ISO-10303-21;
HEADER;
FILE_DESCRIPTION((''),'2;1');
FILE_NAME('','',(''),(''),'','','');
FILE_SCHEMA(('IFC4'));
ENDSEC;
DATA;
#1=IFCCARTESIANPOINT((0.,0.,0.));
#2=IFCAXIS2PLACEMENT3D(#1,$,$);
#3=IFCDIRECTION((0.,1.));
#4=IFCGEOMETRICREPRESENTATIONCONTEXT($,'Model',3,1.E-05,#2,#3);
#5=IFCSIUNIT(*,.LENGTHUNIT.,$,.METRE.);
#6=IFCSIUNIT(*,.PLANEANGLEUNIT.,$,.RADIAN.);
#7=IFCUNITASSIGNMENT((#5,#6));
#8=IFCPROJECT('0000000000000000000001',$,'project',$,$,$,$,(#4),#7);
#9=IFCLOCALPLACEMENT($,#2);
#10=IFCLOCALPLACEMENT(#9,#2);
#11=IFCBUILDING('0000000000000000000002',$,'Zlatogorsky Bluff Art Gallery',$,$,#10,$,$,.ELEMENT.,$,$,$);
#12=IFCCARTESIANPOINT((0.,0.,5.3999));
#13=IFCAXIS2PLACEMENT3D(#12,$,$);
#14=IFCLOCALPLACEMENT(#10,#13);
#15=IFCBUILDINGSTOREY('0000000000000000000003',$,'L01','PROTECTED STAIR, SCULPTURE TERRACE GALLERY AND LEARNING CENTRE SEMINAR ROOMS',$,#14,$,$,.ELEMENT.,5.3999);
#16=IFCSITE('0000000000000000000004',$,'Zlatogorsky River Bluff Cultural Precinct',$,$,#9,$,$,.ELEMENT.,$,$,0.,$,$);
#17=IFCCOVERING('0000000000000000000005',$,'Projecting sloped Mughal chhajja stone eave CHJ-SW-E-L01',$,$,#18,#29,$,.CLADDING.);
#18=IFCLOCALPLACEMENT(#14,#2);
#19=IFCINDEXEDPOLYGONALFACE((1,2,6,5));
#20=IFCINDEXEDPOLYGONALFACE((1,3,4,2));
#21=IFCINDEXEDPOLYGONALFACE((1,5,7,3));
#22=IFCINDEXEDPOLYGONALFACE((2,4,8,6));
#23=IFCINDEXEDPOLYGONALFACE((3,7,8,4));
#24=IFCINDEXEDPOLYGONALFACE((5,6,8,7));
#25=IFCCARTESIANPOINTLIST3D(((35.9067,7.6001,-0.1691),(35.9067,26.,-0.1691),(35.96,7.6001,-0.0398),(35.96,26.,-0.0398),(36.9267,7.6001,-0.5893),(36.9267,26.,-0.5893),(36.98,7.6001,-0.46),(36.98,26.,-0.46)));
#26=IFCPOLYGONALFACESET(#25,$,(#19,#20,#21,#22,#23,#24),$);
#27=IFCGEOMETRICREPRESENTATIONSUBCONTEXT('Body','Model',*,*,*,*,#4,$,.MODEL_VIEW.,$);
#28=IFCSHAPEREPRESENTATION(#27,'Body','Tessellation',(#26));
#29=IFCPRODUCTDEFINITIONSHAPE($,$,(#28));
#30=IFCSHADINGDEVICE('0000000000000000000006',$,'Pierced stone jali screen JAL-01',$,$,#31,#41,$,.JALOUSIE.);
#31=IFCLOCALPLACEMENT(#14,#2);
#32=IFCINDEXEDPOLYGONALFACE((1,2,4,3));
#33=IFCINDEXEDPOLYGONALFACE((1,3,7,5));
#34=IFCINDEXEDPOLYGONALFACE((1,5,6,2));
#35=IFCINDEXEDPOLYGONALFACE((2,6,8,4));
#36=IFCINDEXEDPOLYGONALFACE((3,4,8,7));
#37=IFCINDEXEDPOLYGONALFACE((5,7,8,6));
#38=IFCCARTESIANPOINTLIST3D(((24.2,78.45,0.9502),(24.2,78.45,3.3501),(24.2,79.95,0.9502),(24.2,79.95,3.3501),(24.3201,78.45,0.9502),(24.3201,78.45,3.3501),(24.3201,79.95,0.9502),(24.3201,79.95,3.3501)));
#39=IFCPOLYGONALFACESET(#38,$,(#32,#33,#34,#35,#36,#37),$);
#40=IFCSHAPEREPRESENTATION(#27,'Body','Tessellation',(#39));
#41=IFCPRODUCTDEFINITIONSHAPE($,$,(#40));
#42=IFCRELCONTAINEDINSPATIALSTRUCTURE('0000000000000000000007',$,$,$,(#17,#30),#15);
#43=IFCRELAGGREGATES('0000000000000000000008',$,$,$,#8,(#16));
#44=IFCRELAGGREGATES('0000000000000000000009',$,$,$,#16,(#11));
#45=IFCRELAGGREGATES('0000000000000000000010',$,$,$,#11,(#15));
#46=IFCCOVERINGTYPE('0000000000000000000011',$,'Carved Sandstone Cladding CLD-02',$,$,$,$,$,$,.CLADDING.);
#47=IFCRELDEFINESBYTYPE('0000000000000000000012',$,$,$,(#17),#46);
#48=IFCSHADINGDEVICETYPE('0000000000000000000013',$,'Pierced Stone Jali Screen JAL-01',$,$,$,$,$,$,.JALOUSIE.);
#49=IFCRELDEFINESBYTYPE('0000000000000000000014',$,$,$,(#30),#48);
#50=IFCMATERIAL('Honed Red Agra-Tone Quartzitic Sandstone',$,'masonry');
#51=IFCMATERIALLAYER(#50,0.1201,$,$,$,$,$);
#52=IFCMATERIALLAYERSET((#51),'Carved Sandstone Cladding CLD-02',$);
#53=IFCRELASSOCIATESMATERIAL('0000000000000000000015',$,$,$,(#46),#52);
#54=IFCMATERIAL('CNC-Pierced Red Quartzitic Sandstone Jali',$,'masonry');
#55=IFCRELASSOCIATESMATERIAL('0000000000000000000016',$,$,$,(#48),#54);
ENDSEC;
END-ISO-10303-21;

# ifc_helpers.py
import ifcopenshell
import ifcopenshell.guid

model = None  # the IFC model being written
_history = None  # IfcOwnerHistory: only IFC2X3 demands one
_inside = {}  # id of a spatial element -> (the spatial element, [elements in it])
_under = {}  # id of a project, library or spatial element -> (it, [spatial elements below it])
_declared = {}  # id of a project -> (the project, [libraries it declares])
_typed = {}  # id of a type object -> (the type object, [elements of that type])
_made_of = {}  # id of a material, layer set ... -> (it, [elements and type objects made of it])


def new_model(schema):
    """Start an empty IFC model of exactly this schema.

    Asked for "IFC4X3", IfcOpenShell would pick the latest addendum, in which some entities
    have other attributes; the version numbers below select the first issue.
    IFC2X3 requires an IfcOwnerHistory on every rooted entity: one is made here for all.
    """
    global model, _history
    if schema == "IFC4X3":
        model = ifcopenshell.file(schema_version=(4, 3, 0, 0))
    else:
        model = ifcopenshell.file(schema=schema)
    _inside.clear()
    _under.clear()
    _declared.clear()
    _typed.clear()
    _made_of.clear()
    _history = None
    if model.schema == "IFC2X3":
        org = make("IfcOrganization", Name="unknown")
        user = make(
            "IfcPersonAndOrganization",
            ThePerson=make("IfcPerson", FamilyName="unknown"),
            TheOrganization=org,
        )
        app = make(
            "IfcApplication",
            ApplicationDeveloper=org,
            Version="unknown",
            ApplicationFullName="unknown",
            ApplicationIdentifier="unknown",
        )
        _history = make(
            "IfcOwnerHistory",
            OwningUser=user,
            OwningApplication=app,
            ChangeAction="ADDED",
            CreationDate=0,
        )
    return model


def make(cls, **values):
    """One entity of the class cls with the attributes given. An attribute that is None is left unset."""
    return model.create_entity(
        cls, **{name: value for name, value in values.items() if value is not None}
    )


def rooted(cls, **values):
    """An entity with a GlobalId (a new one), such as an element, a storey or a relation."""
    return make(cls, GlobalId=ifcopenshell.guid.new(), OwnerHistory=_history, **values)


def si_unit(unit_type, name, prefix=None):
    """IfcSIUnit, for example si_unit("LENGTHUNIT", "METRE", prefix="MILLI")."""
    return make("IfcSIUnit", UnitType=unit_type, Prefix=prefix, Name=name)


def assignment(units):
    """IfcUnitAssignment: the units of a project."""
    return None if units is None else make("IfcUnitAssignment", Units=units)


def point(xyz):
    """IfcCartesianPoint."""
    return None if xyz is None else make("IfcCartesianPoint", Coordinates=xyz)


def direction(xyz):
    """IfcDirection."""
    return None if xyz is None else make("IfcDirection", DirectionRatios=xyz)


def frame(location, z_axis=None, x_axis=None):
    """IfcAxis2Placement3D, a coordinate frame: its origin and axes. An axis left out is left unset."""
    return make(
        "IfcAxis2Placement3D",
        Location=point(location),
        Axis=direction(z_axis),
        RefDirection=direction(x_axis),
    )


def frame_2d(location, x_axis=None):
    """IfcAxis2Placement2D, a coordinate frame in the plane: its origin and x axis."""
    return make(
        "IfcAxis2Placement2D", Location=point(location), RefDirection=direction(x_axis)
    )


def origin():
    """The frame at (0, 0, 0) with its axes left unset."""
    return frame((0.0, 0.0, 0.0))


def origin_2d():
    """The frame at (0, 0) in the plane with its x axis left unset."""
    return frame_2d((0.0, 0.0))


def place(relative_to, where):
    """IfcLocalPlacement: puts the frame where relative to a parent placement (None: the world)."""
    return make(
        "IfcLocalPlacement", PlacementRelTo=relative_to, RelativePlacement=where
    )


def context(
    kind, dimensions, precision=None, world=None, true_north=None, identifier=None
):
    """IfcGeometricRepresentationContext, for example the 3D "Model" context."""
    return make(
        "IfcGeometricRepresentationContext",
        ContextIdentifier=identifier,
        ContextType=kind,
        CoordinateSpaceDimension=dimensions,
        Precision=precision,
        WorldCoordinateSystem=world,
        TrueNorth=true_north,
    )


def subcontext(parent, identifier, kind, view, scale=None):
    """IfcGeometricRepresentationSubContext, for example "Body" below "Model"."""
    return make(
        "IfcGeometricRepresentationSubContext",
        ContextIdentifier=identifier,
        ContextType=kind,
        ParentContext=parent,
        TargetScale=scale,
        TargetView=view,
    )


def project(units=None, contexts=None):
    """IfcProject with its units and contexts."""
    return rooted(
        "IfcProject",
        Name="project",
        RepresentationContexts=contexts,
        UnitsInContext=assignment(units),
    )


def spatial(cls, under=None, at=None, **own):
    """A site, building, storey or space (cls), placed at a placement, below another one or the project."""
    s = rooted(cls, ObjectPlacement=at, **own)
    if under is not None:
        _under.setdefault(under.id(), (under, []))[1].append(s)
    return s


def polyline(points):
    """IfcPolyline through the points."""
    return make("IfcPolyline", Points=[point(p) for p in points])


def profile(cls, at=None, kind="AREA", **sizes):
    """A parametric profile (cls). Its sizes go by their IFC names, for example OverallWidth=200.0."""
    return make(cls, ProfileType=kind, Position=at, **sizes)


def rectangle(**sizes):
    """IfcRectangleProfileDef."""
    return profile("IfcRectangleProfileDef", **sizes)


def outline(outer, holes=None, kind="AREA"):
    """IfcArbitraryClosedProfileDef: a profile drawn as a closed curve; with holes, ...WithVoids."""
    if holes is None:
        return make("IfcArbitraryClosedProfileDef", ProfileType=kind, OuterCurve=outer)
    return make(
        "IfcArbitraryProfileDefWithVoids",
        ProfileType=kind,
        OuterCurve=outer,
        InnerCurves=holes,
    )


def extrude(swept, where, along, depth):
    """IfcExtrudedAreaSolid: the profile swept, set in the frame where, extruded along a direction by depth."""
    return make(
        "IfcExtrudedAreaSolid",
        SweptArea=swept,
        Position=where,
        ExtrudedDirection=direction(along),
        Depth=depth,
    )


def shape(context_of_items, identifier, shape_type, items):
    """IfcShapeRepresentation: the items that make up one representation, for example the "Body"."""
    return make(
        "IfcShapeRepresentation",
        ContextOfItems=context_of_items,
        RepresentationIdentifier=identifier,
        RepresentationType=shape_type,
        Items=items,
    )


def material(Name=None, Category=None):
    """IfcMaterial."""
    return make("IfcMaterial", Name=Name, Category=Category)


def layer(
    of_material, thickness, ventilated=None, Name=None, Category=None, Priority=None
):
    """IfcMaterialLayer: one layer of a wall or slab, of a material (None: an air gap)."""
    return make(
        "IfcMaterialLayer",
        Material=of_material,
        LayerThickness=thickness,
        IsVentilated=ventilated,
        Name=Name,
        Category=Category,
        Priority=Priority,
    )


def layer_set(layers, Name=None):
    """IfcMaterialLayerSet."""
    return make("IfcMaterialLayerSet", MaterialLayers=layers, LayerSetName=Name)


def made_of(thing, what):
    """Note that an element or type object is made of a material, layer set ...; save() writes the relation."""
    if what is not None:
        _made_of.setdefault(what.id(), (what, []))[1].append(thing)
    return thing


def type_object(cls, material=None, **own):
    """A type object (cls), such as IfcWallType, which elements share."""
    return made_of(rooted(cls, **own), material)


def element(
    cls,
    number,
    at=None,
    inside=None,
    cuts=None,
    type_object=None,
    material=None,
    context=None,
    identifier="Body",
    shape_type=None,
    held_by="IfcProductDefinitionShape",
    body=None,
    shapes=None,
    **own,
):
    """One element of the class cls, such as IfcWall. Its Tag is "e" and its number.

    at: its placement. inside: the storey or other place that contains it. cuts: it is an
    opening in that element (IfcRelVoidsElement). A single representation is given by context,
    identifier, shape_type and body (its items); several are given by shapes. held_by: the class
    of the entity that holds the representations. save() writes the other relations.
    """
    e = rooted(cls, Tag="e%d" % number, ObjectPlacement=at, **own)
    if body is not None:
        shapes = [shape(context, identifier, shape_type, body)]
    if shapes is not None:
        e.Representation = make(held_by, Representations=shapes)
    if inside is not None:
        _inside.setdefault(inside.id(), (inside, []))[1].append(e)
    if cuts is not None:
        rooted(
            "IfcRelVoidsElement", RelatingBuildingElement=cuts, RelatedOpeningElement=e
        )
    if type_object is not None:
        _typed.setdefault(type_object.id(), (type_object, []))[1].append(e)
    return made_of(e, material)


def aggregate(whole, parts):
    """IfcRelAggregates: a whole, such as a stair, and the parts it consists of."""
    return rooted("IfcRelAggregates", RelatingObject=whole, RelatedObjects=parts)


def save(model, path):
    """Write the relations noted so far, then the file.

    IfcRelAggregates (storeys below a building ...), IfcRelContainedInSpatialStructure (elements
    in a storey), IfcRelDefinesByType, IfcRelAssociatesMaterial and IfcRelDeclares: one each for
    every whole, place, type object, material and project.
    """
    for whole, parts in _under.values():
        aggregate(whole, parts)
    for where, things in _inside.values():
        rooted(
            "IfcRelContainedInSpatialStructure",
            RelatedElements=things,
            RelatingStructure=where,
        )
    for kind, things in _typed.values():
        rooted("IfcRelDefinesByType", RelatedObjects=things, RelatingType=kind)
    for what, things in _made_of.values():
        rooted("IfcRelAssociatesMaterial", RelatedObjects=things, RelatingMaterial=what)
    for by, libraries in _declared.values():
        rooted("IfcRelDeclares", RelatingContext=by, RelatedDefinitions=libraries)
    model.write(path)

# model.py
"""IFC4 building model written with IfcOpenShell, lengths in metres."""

from ifc_helpers import new_model, si_unit, direction, frame, origin, origin_2d, place, context, subcontext, project, spatial, polyline, rectangle, outline, extrude, material, layer, layer_set, type_object, element, save


model = new_model("IFC4")

# Units and contexts
model_context = context("Model", 3, precision=1e-05, world=origin(), true_north=direction((0.0, 1.0)))
body_context = subcontext(model_context, "Body", "Model", "MODEL_VIEW")
ifc_project = project(units=[si_unit("LENGTHUNIT", "METRE"), si_unit("PLANEANGLEUNIT", "RADIAN")], contexts=[model_context])

# Site, building, storey
site_placement = place(None, origin())
site = spatial("IfcSite", under=ifc_project, at=site_placement, Name="Zlatogorsky River Bluff Cultural Precinct", CompositionType="ELEMENT", RefElevation=0.0)
building_placement = place(site_placement, origin())
building = spatial("IfcBuilding", under=site, at=building_placement, Name="Zlatogorsky Bluff Art Gallery", CompositionType="ELEMENT")
storey_placement = place(building_placement, frame((0.0, 0.0, 5.3999)))
storey = spatial("IfcBuildingStorey", under=building, at=storey_placement, Name="L01", Description="PROTECTED STAIR, SCULPTURE TERRACE GALLERY AND LEARNING CENTRE SEMINAR ROOMS", CompositionType="ELEMENT", Elevation=5.3999)

# Covering
ifc_material_1 = material(Name="Honed Red Agra-Tone Quartzitic Sandstone", Category="masonry")
ifc_layer_1 = layer(ifc_material_1, 0.1201)
ifc_layer_set_1 = layer_set([ifc_layer_1], Name="Carved Sandstone Cladding CLD-02")
covering_type = type_object("IfcCoveringType", Name="Carved Sandstone Cladding CLD-02", PredefinedType="CLADDING", material=ifc_layer_set_1)
covering_1_placement = place(storey_placement, frame((35.96, 26.0, -0.0398), z_axis=(0.380872, 0.0, 0.924628), x_axis=(0.0, -1.0, 0.0)))
element("IfcCovering", 1, at=covering_1_placement, inside=storey, type_object=covering_type, Name="Projecting sloped Mughal chhajja stone eave CHJ-SW-E-L01", PredefinedType="CLADDING", context=body_context, shape_type="SweptSolid", body=[
    extrude(outline(polyline([(0.0, 0.0), (18.3999, 0.0), (18.3999, 1.1032), (0.0, 1.1032), (0.0, 0.0)])), origin(), (0.0, 0.0, -1.0), 0.1399),
])

# Shading device
ifc_material_2 = material(Name="CNC-Pierced Red Quartzitic Sandstone Jali", Category="masonry")
shading_device_type = type_object("IfcShadingDeviceType", Name="Pierced Stone Jali Screen JAL-01", PredefinedType="JALOUSIE", material=ifc_material_2)
shading_device_placement = place(storey_placement, frame((24.26, 79.2, 0.9502), z_axis=(0.0, 0.0, 1.0), x_axis=(1.0, 0.0, 0.0)))
element("IfcShadingDevice", 2, at=shading_device_placement, inside=storey, type_object=shading_device_type, Name="Pierced stone jali screen JAL-01", PredefinedType="JALOUSIE", context=body_context, shape_type="SweptSolid", body=[
    extrude(rectangle(XDim=0.1201, YDim=1.5, at=origin_2d()), origin(), (0.0, 0.0, 1.0), 2.3999),
])

save(model, "model.ifc")
